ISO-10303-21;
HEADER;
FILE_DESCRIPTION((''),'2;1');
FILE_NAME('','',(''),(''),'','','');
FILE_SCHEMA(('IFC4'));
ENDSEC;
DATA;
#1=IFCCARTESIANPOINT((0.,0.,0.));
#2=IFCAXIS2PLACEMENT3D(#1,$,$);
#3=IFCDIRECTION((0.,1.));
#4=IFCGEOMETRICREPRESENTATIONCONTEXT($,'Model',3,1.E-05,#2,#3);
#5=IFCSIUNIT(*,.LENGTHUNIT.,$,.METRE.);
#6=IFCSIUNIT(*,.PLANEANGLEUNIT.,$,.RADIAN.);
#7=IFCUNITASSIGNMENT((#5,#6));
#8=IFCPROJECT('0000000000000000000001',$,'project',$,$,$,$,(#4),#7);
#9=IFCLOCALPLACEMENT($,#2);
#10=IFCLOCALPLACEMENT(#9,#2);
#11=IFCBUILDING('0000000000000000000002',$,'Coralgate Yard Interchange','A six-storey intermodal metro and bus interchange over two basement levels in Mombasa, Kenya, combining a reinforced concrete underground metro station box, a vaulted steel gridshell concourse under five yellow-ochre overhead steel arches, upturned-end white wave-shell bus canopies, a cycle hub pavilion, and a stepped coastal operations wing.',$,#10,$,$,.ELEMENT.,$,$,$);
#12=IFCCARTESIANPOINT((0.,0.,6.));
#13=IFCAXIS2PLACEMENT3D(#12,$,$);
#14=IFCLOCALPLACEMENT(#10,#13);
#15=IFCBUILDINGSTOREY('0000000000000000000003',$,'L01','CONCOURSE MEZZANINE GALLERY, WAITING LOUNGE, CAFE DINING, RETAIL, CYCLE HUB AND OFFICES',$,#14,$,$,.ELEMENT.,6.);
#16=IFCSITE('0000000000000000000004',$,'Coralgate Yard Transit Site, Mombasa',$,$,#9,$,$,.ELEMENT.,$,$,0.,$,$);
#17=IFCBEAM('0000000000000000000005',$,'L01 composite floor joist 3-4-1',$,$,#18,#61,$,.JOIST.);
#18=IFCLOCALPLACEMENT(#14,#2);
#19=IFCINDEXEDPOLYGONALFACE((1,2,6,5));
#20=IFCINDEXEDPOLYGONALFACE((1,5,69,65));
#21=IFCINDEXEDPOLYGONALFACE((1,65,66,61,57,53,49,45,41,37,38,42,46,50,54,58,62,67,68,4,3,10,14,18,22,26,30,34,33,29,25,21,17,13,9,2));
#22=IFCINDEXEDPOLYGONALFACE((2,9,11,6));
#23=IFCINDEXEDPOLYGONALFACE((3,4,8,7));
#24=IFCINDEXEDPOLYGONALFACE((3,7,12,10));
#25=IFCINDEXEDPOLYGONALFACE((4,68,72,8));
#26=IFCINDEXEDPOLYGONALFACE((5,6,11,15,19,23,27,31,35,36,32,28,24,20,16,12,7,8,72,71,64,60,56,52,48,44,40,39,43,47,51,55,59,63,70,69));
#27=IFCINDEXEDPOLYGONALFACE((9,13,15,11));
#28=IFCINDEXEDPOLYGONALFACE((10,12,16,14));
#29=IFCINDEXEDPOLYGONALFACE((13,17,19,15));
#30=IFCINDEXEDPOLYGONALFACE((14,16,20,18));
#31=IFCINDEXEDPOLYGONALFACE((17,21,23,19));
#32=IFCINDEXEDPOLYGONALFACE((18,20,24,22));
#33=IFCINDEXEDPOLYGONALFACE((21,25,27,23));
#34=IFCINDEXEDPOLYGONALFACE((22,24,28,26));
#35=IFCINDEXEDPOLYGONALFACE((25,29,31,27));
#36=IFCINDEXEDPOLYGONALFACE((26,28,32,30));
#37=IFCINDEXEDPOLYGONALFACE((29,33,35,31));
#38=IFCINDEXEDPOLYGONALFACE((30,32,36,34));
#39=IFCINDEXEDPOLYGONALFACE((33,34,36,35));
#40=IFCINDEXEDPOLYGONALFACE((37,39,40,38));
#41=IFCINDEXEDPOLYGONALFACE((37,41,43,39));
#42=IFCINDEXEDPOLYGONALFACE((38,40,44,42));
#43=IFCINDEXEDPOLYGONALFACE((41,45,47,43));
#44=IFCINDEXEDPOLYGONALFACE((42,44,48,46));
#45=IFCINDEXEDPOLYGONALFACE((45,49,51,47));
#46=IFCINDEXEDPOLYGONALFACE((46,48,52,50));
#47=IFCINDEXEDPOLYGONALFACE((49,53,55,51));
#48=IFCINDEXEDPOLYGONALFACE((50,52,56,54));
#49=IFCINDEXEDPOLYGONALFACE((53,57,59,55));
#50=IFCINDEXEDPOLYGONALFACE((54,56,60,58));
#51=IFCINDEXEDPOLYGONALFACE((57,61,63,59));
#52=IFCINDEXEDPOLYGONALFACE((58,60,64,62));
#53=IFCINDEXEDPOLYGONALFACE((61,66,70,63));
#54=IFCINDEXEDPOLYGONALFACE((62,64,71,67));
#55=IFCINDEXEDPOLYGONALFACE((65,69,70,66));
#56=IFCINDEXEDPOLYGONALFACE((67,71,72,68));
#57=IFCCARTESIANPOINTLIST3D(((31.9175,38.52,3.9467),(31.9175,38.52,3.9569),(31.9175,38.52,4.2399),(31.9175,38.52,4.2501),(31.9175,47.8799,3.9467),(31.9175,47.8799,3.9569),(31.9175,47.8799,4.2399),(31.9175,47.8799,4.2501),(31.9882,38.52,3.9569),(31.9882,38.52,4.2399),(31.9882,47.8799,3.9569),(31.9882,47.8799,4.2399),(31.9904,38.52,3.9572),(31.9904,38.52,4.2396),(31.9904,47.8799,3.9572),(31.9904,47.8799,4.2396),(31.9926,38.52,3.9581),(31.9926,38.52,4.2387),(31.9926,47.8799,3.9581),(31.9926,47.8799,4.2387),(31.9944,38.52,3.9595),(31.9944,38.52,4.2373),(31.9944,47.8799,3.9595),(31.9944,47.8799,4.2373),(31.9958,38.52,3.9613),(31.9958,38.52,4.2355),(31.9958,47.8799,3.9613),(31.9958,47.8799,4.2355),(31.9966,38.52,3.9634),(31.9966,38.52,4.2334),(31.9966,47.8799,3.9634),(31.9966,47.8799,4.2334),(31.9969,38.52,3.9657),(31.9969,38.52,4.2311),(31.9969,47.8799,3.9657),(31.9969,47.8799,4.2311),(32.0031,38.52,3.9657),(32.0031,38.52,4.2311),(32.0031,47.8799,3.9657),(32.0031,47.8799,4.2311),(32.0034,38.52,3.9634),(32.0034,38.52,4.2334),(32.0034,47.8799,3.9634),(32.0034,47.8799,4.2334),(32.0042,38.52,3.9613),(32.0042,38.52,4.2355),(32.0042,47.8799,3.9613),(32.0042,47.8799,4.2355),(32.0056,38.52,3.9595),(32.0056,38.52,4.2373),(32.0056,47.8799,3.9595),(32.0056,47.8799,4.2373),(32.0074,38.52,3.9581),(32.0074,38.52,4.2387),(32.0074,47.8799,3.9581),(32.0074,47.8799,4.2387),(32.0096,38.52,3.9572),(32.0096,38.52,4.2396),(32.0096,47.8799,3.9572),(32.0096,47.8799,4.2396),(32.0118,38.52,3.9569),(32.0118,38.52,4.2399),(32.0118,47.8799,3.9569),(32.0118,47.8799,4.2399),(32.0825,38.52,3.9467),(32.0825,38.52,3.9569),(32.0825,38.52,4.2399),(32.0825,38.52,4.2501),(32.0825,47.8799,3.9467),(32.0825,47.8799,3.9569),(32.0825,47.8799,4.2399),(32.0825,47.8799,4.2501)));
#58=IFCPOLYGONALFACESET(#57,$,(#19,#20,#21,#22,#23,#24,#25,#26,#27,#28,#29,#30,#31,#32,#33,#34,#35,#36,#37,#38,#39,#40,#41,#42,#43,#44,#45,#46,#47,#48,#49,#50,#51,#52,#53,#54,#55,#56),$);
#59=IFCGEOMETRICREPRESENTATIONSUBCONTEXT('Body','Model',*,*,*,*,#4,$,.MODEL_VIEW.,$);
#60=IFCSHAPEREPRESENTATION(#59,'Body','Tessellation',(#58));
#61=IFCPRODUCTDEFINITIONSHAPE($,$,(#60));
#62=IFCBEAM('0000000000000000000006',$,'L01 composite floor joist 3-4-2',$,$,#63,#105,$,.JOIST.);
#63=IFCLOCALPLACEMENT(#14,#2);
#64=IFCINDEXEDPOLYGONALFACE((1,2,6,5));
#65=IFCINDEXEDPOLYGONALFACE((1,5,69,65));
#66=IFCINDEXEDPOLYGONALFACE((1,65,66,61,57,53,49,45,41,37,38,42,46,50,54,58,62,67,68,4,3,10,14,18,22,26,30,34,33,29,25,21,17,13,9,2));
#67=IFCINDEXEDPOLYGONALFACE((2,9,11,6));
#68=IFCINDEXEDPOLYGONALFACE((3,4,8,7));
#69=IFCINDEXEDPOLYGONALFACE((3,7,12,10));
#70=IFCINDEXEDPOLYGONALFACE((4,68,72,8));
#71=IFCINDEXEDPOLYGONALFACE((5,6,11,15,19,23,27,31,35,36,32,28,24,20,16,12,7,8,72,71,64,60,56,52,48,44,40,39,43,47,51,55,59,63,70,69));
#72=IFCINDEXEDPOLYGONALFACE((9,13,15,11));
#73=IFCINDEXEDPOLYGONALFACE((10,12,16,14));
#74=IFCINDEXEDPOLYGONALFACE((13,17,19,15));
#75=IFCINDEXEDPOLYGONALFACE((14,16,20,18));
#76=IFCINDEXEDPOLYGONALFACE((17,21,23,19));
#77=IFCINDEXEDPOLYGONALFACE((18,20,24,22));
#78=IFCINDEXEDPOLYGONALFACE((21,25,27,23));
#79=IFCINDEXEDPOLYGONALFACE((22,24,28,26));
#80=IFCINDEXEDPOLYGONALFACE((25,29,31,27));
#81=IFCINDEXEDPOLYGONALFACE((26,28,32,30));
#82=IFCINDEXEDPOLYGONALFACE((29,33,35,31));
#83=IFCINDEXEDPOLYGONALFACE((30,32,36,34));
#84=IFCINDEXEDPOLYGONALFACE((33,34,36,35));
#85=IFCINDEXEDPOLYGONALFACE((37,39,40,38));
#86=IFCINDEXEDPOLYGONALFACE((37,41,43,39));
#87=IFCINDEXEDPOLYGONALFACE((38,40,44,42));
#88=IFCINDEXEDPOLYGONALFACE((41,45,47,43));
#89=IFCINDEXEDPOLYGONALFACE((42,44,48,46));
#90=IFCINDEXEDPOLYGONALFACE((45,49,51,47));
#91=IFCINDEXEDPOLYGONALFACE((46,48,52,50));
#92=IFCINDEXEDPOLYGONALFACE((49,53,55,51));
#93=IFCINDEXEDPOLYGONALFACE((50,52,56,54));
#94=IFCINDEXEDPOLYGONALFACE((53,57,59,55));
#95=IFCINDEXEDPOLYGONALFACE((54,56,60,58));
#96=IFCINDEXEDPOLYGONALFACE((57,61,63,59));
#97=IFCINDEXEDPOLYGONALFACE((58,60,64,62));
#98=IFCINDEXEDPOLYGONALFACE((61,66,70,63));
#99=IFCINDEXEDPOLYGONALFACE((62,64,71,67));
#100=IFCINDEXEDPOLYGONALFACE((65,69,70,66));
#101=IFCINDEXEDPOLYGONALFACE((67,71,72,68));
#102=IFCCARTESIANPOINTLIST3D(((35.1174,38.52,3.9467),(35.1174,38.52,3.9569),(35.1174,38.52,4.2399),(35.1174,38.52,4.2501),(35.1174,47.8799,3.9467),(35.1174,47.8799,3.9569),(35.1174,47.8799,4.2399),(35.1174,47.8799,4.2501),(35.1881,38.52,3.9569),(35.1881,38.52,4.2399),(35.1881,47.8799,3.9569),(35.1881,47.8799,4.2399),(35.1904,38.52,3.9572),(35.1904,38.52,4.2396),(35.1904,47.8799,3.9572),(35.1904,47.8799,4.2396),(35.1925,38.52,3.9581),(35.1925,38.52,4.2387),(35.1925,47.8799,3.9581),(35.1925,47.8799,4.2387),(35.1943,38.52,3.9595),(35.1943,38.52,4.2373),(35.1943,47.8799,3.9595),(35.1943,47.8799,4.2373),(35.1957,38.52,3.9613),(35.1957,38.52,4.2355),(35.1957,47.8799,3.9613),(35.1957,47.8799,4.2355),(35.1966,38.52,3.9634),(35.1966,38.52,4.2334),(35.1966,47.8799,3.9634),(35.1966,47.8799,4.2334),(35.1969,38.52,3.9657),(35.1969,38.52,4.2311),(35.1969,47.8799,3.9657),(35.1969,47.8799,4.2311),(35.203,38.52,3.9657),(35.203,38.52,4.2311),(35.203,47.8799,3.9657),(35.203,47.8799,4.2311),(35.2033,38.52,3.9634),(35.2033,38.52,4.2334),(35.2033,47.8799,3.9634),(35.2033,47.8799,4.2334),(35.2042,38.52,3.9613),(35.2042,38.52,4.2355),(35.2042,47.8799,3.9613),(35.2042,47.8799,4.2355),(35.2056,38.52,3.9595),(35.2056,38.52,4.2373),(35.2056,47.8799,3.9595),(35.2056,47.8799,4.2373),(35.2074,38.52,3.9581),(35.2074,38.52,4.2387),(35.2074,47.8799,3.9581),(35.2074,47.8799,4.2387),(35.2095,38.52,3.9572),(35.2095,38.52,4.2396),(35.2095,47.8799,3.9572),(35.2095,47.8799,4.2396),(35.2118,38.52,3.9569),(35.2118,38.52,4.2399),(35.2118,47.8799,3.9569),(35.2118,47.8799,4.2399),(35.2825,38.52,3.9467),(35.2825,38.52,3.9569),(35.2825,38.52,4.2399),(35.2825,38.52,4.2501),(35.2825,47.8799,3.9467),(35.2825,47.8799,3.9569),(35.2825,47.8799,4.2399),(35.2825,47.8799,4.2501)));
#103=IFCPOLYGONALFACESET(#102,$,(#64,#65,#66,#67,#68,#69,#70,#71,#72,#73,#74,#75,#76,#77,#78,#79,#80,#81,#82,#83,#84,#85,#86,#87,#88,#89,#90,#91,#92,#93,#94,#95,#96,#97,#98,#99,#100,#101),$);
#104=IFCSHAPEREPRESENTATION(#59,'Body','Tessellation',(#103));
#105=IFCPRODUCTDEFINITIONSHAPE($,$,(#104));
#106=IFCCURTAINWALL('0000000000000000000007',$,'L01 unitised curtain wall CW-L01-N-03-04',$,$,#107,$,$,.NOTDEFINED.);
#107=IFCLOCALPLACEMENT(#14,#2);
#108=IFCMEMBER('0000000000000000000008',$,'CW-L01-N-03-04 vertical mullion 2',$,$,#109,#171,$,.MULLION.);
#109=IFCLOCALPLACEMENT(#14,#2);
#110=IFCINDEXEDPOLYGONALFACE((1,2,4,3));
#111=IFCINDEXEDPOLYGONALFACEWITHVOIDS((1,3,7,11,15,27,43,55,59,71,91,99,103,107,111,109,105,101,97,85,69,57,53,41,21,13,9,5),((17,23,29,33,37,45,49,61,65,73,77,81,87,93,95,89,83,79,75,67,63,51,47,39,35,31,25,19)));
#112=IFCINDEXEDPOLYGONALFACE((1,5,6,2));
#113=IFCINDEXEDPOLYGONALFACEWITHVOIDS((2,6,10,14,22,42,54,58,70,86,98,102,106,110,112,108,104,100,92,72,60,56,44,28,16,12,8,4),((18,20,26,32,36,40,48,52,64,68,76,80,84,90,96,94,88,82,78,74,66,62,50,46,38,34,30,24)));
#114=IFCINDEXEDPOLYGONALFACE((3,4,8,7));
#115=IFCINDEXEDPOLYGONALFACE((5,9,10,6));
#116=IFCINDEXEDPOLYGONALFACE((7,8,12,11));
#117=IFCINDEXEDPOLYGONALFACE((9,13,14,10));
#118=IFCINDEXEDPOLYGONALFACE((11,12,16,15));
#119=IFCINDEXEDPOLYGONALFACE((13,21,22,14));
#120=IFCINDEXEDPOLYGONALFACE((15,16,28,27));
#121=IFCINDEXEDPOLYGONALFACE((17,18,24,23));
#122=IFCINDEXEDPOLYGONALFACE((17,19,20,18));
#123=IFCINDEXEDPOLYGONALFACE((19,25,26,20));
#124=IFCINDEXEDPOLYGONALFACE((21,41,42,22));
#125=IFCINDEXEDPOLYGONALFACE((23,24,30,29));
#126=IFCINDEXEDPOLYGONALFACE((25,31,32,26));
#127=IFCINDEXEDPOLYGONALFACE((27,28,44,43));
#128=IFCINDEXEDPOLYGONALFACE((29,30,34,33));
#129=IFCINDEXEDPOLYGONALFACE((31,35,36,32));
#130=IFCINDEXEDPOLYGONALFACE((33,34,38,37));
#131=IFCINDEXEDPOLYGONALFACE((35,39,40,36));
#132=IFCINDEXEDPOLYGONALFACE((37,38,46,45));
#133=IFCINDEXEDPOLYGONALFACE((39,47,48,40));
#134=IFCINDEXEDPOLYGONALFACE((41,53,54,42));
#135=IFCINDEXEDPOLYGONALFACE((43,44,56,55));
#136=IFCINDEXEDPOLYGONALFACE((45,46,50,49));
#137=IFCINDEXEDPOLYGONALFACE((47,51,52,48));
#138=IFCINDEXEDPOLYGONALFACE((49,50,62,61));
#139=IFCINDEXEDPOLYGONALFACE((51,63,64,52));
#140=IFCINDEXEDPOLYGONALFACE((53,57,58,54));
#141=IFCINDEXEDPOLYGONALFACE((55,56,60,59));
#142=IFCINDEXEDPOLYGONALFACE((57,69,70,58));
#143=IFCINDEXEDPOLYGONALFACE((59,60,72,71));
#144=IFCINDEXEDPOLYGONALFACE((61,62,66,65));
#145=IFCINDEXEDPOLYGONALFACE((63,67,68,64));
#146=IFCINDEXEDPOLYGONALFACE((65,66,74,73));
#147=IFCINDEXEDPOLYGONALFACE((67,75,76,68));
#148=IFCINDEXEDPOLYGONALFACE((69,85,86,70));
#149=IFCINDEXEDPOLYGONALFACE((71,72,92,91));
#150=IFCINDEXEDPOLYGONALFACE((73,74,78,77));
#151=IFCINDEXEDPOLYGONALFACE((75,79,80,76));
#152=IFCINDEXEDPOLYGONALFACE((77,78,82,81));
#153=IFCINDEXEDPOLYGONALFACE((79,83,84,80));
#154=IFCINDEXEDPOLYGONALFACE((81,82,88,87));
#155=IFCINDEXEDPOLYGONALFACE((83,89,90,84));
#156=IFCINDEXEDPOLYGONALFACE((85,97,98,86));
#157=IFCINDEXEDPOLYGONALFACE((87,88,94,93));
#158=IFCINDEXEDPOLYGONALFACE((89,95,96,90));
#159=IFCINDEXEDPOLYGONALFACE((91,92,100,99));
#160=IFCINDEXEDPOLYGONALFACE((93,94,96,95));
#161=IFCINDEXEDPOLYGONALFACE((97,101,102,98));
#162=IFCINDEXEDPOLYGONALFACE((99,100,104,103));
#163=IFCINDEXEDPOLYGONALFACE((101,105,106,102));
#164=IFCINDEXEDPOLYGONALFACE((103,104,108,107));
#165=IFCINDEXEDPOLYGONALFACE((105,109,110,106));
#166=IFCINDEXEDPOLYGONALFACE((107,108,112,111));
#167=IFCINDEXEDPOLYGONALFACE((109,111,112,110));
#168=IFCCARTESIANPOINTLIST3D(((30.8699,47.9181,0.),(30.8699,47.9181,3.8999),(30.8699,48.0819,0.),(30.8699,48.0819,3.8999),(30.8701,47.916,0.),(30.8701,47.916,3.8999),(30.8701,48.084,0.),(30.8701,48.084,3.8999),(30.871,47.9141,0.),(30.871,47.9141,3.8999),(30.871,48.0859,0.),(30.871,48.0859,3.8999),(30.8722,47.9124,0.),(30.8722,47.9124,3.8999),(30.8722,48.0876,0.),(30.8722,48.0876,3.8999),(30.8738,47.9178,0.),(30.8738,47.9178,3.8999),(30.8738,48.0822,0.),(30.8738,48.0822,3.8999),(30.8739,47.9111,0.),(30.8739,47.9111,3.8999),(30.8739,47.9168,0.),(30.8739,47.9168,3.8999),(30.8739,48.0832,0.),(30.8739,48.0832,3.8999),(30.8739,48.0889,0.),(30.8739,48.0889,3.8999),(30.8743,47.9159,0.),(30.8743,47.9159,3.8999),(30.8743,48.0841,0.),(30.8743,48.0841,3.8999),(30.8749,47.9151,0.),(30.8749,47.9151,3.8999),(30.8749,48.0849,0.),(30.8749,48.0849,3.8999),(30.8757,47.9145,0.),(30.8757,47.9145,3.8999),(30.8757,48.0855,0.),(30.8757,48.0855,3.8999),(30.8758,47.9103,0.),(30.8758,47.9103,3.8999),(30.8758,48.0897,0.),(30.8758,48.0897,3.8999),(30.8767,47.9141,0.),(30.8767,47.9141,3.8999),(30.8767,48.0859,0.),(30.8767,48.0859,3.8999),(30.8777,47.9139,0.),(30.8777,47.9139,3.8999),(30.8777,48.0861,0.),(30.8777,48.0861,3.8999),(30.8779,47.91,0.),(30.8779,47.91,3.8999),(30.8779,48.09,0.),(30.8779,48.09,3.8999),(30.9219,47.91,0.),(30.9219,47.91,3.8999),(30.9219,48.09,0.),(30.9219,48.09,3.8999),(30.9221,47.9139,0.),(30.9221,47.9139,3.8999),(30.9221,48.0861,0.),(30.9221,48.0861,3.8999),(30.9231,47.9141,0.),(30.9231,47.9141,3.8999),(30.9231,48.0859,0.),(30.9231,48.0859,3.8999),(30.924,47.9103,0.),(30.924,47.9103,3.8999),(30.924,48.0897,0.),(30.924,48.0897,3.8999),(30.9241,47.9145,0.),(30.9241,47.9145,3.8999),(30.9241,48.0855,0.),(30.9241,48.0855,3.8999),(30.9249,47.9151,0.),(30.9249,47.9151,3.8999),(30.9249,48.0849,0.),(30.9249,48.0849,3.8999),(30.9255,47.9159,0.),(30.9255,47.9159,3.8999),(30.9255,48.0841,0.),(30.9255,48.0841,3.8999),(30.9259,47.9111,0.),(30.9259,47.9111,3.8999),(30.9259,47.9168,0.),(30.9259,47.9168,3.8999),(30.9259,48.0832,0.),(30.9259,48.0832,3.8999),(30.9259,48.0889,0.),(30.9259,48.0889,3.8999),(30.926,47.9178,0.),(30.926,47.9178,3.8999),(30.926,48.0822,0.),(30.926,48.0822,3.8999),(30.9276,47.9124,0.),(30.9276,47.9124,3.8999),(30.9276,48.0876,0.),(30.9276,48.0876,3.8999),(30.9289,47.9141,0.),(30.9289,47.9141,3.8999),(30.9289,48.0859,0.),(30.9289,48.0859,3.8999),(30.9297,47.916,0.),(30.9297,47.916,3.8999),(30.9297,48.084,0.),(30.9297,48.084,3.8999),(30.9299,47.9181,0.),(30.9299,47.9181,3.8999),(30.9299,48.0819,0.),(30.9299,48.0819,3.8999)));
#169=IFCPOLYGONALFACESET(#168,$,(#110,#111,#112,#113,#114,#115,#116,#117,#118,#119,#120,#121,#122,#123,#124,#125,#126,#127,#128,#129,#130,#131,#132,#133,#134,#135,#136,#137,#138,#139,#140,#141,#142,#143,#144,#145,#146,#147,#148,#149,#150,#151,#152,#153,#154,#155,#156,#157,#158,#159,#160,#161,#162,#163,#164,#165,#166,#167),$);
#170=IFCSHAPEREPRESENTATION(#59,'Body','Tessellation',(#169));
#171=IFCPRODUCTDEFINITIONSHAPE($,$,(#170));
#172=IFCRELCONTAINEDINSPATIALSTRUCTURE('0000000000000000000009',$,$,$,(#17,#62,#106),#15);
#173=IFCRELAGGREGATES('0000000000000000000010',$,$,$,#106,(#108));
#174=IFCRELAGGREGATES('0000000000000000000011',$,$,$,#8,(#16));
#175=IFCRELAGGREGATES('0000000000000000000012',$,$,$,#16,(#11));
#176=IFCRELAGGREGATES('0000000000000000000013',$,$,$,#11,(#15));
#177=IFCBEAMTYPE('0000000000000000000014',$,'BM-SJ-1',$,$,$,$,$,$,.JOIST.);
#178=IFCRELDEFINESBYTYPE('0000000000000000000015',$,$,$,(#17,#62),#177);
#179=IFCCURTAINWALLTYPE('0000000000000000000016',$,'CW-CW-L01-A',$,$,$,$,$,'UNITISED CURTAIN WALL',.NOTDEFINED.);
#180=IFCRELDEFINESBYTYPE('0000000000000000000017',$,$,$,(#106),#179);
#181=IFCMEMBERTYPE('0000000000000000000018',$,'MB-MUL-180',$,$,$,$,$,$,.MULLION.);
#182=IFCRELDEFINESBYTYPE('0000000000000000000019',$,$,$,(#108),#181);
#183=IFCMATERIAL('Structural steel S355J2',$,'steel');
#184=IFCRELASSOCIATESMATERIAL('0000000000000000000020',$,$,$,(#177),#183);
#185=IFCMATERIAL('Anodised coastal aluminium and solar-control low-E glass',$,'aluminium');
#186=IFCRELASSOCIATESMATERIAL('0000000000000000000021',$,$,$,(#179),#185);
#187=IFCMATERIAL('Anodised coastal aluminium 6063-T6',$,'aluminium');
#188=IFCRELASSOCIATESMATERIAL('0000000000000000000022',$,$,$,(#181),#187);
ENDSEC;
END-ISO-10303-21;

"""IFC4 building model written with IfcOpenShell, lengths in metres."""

from ifc_helpers import new_model, si_unit, direction, frame, origin, origin_2d, place, context, subcontext, project, spatial, hollow_rectangle, i_section, extrude, material, material_profile, profile_set, type_object, element, aggregate, save


model = new_model("IFC4")

# Units and contexts
model_context = context("Model", 3, precision=1e-05, world=origin(), true_north=direction((0.0, 1.0)))
body_context = subcontext(model_context, "Body", "Model", "MODEL_VIEW")
ifc_project = project(units=[si_unit("LENGTHUNIT", "METRE"), si_unit("PLANEANGLEUNIT", "RADIAN")], contexts=[model_context])

# Site, building, storey
site_placement = place(None, origin())
site = spatial("IfcSite", under=ifc_project, at=site_placement, Name="Coralgate Yard Transit Site, Mombasa", CompositionType="ELEMENT", RefElevation=0.0)
building_placement = place(site_placement, origin())
building = spatial("IfcBuilding", under=site, at=building_placement, Name="Coralgate Yard Interchange", Description="A six-storey intermodal metro and bus interchange over two basement levels in Mombasa, Kenya, combining a reinforced concrete underground metro station box, a vaulted steel gridshell concourse under five yellow-ochre overhead steel arches, upturned-end white wave-shell bus canopies, a cycle hub pavilion, and a stepped coastal operations wing.", CompositionType="ELEMENT")
storey_placement = place(building_placement, frame((0.0, 0.0, 6.0)))
storey = spatial("IfcBuildingStorey", under=building, at=storey_placement, Name="L01", Description="CONCOURSE MEZZANINE GALLERY, WAITING LOUNGE, CAFE DINING, RETAIL, CYCLE HUB AND OFFICES", CompositionType="ELEMENT", Elevation=6.0)

# Beams
ifc_material_1 = material(Name="Structural steel S355J2", Category="steel")
ifc_material_profile_1 = material_profile(ifc_material_1, i_section(OverallWidth=0.165, OverallDepth=0.3035, WebThickness=0.0061, FlangeThickness=0.0103, FilletRadius=0.0088, at=origin_2d()), Name="UB 305x165x40")
ifc_profile_set_1 = profile_set([ifc_material_profile_1], Name="Structural steel S355J2")
beam_type = type_object("IfcBeamType", Name="BM-SJ-1", PredefinedType="JOIST", material=ifc_profile_set_1)
for number, where, z_axis, x_axis, name in (
    (1, (32.0, 38.52, 4.0984), (0.0, 1.0, 0.0), (-1.0, 0.0, 0.0), "L01 composite floor joist 3-4-1"),
    (2, (35.2, 38.52, 4.0984), (0.0, 1.0, 0.0), (-1.0, 0.0, 0.0), "L01 composite floor joist 3-4-2"),
):
    element("IfcBeam", number, at=place(storey_placement, frame(where, z_axis=z_axis, x_axis=x_axis)), inside=storey, type_object=beam_type, Name=name, PredefinedType="JOIST", context=body_context, shape_type="SweptSolid", body=[
        extrude(i_section(OverallWidth=0.165, OverallDepth=0.3035, WebThickness=0.0061, FlangeThickness=0.0103, FilletRadius=0.0088, at=origin_2d()), origin(), (0.0, 0.0, 1.0), 9.3599),
    ])

# Curtain wall, member
ifc_material_2 = material(Name="Anodised coastal aluminium and solar-control low-E glass", Category="aluminium")
curtain_wall_type = type_object("IfcCurtainWallType", Name="CW-CW-L01-A", ElementType="UNITISED CURTAIN WALL", PredefinedType="NOTDEFINED", material=ifc_material_2)
curtain_wall_placement = place(storey_placement, origin())
curtain_wall = element("IfcCurtainWall", 3, at=curtain_wall_placement, inside=storey, type_object=curtain_wall_type, Name="L01 unitised curtain wall CW-L01-N-03-04", PredefinedType="NOTDEFINED")
ifc_material_3 = material(Name="Anodised coastal aluminium 6063-T6", Category="aluminium")
ifc_material_profile_2 = material_profile(ifc_material_3, hollow_rectangle(XDim=0.0601, YDim=0.1799, WallThickness=0.0039, InnerFilletRadius=0.0039, OuterFilletRadius=0.0081, at=origin_2d()), Name="ALU 60x180x4")
ifc_profile_set_2 = profile_set([ifc_material_profile_2], Name="Anodised coastal aluminium 6063-T6")
member_type_1 = type_object("IfcMemberType", Name="MB-MUL-180", PredefinedType="MULLION", material=ifc_profile_set_2)
member_1_placement = place(storey_placement, frame((30.8999, 48.0, 0.0), z_axis=(0.0, 0.0, 1.0), x_axis=(1.0, 0.0, 0.0)))
member_1 = element("IfcMember", 4, at=member_1_placement, type_object=member_type_1, Name="CW-L01-N-03-04 vertical mullion 2", PredefinedType="MULLION", context=body_context, shape_type="SweptSolid", body=[
    extrude(hollow_rectangle(XDim=0.0601, YDim=0.1799, WallThickness=0.0039, InnerFilletRadius=0.0039, OuterFilletRadius=0.0081, at=origin_2d()), origin(), (0.0, 0.0, 1.0), 3.8999),
])
aggregate(curtain_wall, [member_1])

save(model, "model.ifc")
